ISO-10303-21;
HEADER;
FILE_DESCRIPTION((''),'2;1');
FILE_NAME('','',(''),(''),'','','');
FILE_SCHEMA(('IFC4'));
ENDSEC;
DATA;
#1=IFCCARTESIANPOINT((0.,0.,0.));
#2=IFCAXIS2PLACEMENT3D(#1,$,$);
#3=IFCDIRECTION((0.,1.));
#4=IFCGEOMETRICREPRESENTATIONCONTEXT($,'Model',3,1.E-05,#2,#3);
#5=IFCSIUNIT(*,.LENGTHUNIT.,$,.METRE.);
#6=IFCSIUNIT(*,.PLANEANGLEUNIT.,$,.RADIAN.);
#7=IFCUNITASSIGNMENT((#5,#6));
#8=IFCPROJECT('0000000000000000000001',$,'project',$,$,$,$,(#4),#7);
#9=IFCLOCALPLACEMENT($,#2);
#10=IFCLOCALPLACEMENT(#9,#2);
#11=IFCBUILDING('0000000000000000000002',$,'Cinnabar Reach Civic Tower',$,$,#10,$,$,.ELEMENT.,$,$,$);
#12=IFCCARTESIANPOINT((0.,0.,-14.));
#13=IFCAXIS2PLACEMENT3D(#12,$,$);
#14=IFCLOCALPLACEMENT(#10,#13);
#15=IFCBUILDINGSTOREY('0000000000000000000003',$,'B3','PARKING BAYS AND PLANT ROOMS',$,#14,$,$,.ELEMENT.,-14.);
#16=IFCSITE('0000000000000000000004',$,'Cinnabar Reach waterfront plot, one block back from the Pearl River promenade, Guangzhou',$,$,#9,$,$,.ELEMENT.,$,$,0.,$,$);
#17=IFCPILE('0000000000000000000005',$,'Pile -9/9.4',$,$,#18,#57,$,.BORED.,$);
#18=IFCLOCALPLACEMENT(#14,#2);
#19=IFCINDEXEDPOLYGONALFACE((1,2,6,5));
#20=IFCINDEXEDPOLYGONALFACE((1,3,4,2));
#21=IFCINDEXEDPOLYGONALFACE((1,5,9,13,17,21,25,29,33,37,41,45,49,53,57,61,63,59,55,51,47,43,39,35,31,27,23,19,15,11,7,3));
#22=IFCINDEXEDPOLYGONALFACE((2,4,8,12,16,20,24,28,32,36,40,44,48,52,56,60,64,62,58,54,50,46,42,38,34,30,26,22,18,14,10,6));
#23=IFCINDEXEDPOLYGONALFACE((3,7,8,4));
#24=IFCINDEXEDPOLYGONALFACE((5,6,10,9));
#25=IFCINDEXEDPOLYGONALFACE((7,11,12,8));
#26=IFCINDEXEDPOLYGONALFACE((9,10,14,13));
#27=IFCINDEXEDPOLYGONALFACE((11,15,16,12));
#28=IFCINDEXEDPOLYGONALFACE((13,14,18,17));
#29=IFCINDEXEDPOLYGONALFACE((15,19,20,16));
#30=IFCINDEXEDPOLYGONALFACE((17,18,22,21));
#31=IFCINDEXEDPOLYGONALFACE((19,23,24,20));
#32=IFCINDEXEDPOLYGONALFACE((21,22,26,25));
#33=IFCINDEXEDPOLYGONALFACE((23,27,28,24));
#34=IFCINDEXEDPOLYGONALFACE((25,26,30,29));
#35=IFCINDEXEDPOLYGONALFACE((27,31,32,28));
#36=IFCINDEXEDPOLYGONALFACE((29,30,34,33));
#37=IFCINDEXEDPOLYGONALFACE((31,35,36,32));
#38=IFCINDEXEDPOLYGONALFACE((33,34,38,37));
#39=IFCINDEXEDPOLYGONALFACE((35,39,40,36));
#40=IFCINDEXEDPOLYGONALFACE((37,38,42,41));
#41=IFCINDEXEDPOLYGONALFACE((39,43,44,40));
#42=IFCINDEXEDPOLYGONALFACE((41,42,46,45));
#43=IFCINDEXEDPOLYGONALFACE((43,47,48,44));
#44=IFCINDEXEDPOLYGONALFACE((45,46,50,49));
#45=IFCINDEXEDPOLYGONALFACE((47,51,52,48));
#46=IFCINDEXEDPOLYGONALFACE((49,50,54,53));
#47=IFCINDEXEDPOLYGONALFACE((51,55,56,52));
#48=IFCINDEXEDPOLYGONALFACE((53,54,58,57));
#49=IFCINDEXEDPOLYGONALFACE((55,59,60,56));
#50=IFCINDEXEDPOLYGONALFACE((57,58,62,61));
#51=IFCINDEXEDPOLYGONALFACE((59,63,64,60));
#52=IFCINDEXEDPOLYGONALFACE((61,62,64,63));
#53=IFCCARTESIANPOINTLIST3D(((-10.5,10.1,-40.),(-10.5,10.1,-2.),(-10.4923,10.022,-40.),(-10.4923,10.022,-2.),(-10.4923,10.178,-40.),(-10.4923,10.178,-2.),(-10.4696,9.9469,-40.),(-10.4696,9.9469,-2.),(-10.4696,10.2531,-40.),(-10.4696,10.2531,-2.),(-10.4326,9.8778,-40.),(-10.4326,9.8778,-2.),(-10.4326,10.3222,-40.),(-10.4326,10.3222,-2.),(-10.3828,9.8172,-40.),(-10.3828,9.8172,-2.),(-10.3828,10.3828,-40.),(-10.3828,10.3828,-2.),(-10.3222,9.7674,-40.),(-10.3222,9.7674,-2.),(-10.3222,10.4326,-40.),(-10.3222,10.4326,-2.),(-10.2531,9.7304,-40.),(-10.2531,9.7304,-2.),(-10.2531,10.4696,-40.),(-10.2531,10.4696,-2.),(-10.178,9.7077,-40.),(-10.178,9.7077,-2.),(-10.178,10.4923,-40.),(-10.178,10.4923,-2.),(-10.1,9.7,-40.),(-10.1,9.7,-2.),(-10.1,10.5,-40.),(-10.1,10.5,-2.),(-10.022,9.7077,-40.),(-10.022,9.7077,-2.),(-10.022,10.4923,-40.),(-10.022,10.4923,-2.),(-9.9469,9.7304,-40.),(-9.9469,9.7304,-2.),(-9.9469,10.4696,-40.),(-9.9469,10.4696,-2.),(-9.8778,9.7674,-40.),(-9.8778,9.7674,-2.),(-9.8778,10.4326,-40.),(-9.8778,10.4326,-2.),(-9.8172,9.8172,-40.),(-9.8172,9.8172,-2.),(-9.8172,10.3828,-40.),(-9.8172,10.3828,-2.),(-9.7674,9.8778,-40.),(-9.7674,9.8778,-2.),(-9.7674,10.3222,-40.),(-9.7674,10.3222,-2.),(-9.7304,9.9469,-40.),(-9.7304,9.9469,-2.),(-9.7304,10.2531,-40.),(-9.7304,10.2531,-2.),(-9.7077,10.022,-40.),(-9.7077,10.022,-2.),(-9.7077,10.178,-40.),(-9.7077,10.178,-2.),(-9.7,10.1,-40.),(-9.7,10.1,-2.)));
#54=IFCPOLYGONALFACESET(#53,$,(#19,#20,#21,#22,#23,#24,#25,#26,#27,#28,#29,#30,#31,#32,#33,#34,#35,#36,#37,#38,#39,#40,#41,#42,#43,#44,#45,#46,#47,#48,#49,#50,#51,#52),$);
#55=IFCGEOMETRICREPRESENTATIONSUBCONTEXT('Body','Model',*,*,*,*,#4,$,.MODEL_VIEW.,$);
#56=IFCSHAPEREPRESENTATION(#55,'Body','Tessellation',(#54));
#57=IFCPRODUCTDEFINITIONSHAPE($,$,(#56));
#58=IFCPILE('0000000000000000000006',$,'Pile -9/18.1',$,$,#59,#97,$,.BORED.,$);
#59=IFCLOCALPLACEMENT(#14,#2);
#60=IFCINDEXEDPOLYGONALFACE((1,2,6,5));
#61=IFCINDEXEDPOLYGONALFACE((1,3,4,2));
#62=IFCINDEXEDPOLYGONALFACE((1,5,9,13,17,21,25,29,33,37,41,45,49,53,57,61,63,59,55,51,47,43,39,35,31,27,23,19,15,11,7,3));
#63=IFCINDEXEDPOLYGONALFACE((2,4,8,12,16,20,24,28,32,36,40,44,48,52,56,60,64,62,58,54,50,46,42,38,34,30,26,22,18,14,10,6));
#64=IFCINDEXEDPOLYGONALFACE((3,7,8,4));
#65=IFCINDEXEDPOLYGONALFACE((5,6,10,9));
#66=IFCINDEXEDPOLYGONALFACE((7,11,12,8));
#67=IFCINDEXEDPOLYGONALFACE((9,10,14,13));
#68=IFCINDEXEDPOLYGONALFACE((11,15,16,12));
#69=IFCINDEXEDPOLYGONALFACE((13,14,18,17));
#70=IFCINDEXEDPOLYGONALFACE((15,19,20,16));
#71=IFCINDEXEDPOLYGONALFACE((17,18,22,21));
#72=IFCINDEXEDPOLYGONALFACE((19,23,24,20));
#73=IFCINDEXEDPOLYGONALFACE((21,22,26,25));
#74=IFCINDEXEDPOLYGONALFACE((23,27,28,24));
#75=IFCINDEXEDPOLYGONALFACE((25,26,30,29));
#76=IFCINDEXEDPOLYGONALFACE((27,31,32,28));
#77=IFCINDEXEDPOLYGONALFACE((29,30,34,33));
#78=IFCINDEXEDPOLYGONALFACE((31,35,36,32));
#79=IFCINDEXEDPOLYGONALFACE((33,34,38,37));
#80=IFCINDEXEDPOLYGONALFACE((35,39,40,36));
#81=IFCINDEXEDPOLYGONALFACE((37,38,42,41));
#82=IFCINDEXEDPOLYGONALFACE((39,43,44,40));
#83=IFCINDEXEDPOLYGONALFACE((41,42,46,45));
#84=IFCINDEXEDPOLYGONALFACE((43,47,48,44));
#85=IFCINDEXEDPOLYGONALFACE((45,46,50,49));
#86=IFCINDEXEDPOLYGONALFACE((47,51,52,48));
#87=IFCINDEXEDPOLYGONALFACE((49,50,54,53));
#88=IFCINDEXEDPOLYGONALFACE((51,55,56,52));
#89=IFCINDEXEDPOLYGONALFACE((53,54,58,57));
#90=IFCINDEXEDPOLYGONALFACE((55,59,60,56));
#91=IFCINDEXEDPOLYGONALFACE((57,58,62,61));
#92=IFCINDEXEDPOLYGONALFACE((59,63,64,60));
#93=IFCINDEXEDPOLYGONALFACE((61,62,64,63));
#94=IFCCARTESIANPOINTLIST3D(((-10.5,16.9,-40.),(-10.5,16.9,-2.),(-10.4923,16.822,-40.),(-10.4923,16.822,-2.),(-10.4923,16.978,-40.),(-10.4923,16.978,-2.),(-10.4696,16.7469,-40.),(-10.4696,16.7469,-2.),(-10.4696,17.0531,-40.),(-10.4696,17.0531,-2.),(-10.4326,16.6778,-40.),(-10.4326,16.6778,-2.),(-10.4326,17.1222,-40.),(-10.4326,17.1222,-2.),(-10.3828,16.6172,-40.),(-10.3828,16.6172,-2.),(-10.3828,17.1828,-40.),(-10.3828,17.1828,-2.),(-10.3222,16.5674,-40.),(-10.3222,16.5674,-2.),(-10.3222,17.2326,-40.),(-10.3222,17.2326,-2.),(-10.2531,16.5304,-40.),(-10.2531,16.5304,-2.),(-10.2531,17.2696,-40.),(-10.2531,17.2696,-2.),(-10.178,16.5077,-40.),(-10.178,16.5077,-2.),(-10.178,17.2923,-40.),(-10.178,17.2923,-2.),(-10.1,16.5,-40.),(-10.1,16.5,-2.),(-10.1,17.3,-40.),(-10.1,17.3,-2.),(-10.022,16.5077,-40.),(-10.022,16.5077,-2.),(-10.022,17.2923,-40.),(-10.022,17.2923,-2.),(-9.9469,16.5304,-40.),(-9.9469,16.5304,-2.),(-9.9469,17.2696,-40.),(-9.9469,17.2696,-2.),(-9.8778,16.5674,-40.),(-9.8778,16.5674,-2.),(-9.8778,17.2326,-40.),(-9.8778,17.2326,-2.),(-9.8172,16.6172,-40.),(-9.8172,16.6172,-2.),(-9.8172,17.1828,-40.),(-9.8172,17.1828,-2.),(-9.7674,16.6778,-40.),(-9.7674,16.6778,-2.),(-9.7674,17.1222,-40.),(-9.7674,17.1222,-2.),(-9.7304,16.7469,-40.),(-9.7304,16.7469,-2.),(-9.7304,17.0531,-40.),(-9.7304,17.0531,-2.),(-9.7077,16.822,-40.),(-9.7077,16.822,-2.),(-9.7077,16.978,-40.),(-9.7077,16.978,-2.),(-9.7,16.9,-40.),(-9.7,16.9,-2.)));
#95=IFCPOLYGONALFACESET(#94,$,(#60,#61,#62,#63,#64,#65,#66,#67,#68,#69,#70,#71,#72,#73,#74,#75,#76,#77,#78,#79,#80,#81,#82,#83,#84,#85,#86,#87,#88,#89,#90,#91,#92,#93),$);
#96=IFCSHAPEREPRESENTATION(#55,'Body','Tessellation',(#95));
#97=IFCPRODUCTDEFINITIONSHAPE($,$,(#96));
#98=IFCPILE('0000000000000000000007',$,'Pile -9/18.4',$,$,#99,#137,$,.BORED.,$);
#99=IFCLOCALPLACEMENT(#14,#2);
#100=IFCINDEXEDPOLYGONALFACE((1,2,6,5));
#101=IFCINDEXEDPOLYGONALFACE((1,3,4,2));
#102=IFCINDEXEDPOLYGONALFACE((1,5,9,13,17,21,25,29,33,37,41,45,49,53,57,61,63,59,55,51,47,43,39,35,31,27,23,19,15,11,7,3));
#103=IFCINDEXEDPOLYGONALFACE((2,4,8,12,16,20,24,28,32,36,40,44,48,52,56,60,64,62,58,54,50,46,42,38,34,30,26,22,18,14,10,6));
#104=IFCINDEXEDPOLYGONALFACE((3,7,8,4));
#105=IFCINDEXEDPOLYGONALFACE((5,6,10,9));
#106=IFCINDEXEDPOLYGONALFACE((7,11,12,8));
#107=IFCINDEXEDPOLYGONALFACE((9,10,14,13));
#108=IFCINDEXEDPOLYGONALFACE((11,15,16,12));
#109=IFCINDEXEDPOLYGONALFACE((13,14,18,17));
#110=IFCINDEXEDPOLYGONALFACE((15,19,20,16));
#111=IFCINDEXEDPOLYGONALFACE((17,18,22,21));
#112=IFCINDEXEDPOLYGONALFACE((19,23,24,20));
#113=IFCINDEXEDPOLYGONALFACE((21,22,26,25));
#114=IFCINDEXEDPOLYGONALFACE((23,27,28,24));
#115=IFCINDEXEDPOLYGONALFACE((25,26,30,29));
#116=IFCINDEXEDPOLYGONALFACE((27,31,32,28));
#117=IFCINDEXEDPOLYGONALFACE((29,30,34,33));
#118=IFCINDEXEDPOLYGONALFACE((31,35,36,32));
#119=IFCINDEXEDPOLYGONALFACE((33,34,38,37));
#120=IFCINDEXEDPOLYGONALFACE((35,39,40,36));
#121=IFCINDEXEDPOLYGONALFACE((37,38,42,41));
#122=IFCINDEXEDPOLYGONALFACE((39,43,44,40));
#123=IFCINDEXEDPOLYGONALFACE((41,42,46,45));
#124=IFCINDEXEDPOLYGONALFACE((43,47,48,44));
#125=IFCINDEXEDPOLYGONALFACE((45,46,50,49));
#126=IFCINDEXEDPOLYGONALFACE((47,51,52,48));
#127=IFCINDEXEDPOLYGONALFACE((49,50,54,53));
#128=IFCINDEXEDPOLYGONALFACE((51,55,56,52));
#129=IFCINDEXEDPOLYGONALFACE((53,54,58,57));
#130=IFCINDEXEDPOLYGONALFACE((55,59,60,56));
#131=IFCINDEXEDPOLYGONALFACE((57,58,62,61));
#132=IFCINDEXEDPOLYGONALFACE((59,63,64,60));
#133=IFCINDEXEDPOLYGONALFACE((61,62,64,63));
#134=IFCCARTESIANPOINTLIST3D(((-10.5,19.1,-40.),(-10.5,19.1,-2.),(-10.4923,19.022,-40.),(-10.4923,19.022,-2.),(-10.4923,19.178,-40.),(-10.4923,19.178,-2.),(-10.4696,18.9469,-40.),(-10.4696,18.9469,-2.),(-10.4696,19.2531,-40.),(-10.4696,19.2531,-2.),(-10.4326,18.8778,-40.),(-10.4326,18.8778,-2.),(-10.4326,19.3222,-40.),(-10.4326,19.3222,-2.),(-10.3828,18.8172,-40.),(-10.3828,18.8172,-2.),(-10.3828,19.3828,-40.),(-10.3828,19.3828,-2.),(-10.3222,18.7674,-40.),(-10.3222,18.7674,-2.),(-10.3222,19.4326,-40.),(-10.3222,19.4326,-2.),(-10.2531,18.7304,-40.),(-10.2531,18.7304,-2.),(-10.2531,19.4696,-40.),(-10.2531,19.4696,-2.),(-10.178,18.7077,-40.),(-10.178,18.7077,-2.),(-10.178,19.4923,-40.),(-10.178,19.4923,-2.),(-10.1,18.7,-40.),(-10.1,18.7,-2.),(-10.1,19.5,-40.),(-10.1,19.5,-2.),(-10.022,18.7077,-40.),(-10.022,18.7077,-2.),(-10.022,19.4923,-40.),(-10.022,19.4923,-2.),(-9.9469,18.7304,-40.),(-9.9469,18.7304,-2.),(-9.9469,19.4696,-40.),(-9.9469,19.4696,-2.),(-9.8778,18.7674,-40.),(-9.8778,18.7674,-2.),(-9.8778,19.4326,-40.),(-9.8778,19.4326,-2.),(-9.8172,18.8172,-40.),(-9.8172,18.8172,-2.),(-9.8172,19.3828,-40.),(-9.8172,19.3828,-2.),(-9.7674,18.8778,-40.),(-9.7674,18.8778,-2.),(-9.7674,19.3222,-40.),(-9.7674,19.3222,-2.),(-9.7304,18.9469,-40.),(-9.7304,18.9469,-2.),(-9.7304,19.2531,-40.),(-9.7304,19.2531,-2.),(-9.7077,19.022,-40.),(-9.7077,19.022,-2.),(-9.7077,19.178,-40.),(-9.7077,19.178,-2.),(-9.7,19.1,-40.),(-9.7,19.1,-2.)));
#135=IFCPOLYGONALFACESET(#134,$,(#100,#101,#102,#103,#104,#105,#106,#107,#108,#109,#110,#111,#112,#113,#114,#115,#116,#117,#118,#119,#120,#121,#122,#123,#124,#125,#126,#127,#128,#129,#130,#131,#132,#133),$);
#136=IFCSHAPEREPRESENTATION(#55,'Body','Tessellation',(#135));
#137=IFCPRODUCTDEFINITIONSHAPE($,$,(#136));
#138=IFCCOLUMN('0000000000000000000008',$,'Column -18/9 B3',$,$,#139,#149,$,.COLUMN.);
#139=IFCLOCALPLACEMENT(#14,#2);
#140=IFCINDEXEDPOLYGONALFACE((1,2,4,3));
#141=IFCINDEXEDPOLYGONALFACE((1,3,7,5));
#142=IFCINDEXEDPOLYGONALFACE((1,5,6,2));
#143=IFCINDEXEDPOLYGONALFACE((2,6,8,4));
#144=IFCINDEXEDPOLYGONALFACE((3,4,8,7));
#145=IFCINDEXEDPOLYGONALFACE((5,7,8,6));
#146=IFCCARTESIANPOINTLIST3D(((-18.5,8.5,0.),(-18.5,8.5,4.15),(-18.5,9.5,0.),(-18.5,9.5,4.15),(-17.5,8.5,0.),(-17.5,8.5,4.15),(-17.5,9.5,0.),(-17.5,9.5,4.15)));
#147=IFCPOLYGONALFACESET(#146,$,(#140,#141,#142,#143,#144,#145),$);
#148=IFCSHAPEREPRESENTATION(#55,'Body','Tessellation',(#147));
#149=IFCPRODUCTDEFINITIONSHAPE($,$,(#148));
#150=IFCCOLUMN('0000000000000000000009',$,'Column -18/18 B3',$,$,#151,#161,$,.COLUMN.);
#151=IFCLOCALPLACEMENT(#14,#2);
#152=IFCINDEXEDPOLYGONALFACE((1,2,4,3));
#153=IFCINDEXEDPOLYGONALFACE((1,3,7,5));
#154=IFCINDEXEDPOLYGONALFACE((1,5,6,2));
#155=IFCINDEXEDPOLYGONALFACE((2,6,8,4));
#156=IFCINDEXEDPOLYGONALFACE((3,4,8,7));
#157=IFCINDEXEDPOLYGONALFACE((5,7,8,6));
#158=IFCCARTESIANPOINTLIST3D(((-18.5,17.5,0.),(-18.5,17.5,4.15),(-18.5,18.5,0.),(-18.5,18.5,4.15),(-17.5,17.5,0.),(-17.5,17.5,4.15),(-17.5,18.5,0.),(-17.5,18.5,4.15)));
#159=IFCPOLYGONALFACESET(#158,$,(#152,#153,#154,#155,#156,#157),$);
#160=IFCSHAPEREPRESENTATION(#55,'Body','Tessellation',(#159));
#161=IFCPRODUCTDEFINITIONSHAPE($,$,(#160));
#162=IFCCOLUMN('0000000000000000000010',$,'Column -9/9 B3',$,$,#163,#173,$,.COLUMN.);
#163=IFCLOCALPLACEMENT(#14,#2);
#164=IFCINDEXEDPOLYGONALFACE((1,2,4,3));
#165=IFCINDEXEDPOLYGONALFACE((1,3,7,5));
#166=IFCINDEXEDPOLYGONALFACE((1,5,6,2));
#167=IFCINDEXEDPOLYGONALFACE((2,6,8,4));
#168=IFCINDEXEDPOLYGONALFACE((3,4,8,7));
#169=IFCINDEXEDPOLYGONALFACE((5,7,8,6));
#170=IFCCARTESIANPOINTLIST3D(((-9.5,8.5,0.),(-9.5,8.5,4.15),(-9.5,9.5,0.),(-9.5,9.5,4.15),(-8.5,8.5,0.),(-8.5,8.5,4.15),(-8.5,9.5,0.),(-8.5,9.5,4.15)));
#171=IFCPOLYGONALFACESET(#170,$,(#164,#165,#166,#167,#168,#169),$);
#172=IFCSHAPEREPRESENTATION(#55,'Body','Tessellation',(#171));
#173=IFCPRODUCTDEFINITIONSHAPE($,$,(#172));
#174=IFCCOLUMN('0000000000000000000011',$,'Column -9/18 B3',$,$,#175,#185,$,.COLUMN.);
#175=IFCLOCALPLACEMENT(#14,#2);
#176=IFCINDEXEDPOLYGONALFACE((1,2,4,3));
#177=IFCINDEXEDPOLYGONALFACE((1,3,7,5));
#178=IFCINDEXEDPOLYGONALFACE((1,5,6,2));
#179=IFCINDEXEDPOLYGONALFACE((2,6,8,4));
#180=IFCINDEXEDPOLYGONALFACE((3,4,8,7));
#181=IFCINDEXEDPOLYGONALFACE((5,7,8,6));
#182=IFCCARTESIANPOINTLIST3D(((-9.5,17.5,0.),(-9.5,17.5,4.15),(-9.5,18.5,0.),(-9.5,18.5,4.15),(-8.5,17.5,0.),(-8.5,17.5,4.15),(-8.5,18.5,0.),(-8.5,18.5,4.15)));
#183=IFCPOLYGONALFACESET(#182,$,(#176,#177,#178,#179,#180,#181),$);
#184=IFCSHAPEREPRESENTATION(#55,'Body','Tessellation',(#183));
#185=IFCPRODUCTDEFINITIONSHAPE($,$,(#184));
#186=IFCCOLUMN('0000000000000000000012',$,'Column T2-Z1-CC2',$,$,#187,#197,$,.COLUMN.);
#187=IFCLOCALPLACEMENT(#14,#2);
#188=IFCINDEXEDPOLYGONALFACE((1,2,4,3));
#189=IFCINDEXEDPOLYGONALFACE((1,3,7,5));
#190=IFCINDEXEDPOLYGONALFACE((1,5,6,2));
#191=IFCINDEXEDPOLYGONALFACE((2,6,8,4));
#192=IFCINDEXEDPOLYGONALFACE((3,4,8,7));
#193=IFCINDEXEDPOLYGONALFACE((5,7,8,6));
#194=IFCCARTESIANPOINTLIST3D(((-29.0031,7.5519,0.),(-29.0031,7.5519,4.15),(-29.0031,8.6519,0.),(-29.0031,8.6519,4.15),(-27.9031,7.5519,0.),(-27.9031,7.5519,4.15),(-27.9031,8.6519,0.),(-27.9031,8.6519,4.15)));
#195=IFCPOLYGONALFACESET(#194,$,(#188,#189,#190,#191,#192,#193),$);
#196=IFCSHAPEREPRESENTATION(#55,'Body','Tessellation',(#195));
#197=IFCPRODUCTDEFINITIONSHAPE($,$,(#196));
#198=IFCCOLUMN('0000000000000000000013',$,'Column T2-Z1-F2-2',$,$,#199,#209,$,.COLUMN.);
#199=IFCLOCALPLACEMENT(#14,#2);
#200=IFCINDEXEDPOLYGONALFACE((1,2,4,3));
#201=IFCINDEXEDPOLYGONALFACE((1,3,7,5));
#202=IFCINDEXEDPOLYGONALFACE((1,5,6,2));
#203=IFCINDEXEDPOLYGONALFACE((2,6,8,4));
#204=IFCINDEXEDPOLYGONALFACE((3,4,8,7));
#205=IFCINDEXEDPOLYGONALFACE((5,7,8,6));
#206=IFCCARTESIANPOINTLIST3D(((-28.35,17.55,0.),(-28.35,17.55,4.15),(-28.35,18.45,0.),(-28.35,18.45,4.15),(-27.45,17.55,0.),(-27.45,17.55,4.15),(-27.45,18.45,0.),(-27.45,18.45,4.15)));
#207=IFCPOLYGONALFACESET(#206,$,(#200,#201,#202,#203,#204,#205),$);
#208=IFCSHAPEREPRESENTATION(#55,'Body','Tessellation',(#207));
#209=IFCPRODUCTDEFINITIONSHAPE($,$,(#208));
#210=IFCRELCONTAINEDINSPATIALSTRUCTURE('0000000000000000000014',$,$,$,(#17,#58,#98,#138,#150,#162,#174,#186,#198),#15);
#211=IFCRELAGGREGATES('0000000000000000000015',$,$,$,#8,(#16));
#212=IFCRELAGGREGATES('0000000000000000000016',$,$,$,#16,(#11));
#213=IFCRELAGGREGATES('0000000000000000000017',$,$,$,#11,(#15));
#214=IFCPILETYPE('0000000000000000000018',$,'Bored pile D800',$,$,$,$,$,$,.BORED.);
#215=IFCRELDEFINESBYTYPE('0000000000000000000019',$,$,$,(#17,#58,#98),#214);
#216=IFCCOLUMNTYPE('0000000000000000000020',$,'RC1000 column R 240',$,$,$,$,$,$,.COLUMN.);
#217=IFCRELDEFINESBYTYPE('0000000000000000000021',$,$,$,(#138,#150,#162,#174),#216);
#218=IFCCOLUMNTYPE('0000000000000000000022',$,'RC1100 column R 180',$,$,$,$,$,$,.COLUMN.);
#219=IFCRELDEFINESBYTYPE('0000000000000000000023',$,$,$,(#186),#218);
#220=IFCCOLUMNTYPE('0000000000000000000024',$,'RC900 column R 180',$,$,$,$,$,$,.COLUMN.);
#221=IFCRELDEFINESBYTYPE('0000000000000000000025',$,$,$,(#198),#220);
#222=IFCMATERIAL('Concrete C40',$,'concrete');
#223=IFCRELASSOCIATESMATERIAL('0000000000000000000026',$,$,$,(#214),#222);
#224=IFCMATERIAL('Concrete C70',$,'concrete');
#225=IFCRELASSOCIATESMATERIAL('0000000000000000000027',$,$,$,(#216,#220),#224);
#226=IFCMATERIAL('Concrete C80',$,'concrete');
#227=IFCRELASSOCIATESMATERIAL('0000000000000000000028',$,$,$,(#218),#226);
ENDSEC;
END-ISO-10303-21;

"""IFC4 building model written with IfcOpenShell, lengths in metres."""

from ifc_helpers import new_model, si_unit, direction, frame, origin, origin_2d, place, context, subcontext, project, spatial, rectangle, circle, extrude, material, material_profile, profile_set, type_object, element, save


model = new_model("IFC4")

# Units and contexts
model_context = context("Model", 3, precision=1e-05, world=origin(), true_north=direction((0.0, 1.0)))
body_context = subcontext(model_context, "Body", "Model", "MODEL_VIEW")
ifc_project = project(units=[si_unit("LENGTHUNIT", "METRE"), si_unit("PLANEANGLEUNIT", "RADIAN")], contexts=[model_context])

# Site, building, storey
site_placement = place(None, origin())
site = spatial("IfcSite", under=ifc_project, at=site_placement, Name="Cinnabar Reach waterfront plot, one block back from the Pearl River promenade, Guangzhou", CompositionType="ELEMENT", RefElevation=0.0)
building_placement = place(site_placement, origin())
building = spatial("IfcBuilding", under=site, at=building_placement, Name="Cinnabar Reach Civic Tower", CompositionType="ELEMENT")
storey_placement = place(building_placement, frame((0.0, 0.0, -14.0)))
storey = spatial("IfcBuildingStorey", under=building, at=storey_placement, Name="B3", Description="PARKING BAYS AND PLANT ROOMS", CompositionType="ELEMENT", Elevation=-14.0)

# Piles
ifc_material_1 = material(Name="Concrete C40", Category="concrete")
pile_type = type_object("IfcPileType", Name="Bored pile D800", PredefinedType="BORED", material=ifc_material_1)
for number, where, z_axis, x_axis, name in (
    (1, (-10.1, 10.1, -2.0), (0.0, 0.0, -1.0), (1.0, 0.0, 0.0), "Pile -9/9.4"),
    (2, (-10.1, 16.9, -2.0), (0.0, 0.0, -1.0), (1.0, 0.0, 0.0), "Pile -9/18.1"),
    (3, (-10.1, 19.1, -2.0), (0.0, 0.0, -1.0), (1.0, 0.0, 0.0), "Pile -9/18.4"),
):
    element("IfcPile", number, at=place(storey_placement, frame(where, z_axis=z_axis, x_axis=x_axis)), inside=storey, type_object=pile_type, Name=name, PredefinedType="BORED", context=body_context, shape_type="SweptSolid", body=[
        extrude(circle(Radius=0.4, at=origin_2d()), origin(), (0.0, 0.0, 1.0), 38.0),
    ])

# Columns
ifc_material_2 = material(Name="Concrete C70", Category="concrete")
ifc_material_profile_1 = material_profile(ifc_material_2, rectangle(XDim=1.0, YDim=1.0, at=origin_2d()), Name="RC1000")
ifc_profile_set_1 = profile_set([ifc_material_profile_1], Name="Concrete C70")
column_type_1 = type_object("IfcColumnType", Name="RC1000 column R 240", PredefinedType="COLUMN", material=ifc_profile_set_1)
for number, where, z_axis, x_axis, name in (
    (4, (-18.0, 9.0, 0.0), (0.0, 0.0, 1.0), (1.0, 0.0, 0.0), "Column -18/9 B3"),
    (5, (-18.0, 18.0, 0.0), (0.0, 0.0, 1.0), (1.0, 0.0, 0.0), "Column -18/18 B3"),
    (6, (-9.0, 9.0, 0.0), (0.0, 0.0, 1.0), (1.0, 0.0, 0.0), "Column -9/9 B3"),
    (7, (-9.0, 18.0, 0.0), (0.0, 0.0, 1.0), (1.0, 0.0, 0.0), "Column -9/18 B3"),
):
    element("IfcColumn", number, at=place(storey_placement, frame(where, z_axis=z_axis, x_axis=x_axis)), inside=storey, type_object=column_type_1, Name=name, PredefinedType="COLUMN", context=body_context, shape_type="SweptSolid", body=[
        extrude(rectangle(XDim=1.0, YDim=1.0, at=origin_2d()), origin(), (0.0, 0.0, 1.0), 4.15),
    ])
ifc_material_3 = material(Name="Concrete C80", Category="concrete")
ifc_material_profile_2 = material_profile(ifc_material_3, rectangle(XDim=1.1, YDim=1.1, at=origin_2d()), Name="RC1100")
ifc_profile_set_2 = profile_set([ifc_material_profile_2], Name="Concrete C80")
column_type_2 = type_object("IfcColumnType", Name="RC1100 column R 180", PredefinedType="COLUMN", material=ifc_profile_set_2)
column_1_placement = place(storey_placement, frame((-28.4531, 8.1019, 0.0), z_axis=(0.0, 0.0, 1.0), x_axis=(1.0, 0.0, 0.0)))
element("IfcColumn", 8, at=column_1_placement, inside=storey, type_object=column_type_2, Name="Column T2-Z1-CC2", PredefinedType="COLUMN", context=body_context, shape_type="SweptSolid", body=[
    extrude(rectangle(XDim=1.1, YDim=1.1, at=origin_2d()), origin(), (0.0, 0.0, 1.0), 4.15),
])
ifc_material_profile_3 = material_profile(ifc_material_2, rectangle(XDim=0.9, YDim=0.9, at=origin_2d()), Name="RC900")
ifc_profile_set_3 = profile_set([ifc_material_profile_3], Name="Concrete C70")
column_type_3 = type_object("IfcColumnType", Name="RC900 column R 180", PredefinedType="COLUMN", material=ifc_profile_set_3)
column_2_placement = place(storey_placement, frame((-27.9, 18.0, 0.0), z_axis=(0.0, 0.0, 1.0), x_axis=(1.0, 0.0, 0.0)))
element("IfcColumn", 9, at=column_2_placement, inside=storey, type_object=column_type_3, Name="Column T2-Z1-F2-2", PredefinedType="COLUMN", context=body_context, shape_type="SweptSolid", body=[
    extrude(rectangle(XDim=0.9, YDim=0.9, at=origin_2d()), origin(), (0.0, 0.0, 1.0), 4.15),
])

save(model, "model.ifc")
